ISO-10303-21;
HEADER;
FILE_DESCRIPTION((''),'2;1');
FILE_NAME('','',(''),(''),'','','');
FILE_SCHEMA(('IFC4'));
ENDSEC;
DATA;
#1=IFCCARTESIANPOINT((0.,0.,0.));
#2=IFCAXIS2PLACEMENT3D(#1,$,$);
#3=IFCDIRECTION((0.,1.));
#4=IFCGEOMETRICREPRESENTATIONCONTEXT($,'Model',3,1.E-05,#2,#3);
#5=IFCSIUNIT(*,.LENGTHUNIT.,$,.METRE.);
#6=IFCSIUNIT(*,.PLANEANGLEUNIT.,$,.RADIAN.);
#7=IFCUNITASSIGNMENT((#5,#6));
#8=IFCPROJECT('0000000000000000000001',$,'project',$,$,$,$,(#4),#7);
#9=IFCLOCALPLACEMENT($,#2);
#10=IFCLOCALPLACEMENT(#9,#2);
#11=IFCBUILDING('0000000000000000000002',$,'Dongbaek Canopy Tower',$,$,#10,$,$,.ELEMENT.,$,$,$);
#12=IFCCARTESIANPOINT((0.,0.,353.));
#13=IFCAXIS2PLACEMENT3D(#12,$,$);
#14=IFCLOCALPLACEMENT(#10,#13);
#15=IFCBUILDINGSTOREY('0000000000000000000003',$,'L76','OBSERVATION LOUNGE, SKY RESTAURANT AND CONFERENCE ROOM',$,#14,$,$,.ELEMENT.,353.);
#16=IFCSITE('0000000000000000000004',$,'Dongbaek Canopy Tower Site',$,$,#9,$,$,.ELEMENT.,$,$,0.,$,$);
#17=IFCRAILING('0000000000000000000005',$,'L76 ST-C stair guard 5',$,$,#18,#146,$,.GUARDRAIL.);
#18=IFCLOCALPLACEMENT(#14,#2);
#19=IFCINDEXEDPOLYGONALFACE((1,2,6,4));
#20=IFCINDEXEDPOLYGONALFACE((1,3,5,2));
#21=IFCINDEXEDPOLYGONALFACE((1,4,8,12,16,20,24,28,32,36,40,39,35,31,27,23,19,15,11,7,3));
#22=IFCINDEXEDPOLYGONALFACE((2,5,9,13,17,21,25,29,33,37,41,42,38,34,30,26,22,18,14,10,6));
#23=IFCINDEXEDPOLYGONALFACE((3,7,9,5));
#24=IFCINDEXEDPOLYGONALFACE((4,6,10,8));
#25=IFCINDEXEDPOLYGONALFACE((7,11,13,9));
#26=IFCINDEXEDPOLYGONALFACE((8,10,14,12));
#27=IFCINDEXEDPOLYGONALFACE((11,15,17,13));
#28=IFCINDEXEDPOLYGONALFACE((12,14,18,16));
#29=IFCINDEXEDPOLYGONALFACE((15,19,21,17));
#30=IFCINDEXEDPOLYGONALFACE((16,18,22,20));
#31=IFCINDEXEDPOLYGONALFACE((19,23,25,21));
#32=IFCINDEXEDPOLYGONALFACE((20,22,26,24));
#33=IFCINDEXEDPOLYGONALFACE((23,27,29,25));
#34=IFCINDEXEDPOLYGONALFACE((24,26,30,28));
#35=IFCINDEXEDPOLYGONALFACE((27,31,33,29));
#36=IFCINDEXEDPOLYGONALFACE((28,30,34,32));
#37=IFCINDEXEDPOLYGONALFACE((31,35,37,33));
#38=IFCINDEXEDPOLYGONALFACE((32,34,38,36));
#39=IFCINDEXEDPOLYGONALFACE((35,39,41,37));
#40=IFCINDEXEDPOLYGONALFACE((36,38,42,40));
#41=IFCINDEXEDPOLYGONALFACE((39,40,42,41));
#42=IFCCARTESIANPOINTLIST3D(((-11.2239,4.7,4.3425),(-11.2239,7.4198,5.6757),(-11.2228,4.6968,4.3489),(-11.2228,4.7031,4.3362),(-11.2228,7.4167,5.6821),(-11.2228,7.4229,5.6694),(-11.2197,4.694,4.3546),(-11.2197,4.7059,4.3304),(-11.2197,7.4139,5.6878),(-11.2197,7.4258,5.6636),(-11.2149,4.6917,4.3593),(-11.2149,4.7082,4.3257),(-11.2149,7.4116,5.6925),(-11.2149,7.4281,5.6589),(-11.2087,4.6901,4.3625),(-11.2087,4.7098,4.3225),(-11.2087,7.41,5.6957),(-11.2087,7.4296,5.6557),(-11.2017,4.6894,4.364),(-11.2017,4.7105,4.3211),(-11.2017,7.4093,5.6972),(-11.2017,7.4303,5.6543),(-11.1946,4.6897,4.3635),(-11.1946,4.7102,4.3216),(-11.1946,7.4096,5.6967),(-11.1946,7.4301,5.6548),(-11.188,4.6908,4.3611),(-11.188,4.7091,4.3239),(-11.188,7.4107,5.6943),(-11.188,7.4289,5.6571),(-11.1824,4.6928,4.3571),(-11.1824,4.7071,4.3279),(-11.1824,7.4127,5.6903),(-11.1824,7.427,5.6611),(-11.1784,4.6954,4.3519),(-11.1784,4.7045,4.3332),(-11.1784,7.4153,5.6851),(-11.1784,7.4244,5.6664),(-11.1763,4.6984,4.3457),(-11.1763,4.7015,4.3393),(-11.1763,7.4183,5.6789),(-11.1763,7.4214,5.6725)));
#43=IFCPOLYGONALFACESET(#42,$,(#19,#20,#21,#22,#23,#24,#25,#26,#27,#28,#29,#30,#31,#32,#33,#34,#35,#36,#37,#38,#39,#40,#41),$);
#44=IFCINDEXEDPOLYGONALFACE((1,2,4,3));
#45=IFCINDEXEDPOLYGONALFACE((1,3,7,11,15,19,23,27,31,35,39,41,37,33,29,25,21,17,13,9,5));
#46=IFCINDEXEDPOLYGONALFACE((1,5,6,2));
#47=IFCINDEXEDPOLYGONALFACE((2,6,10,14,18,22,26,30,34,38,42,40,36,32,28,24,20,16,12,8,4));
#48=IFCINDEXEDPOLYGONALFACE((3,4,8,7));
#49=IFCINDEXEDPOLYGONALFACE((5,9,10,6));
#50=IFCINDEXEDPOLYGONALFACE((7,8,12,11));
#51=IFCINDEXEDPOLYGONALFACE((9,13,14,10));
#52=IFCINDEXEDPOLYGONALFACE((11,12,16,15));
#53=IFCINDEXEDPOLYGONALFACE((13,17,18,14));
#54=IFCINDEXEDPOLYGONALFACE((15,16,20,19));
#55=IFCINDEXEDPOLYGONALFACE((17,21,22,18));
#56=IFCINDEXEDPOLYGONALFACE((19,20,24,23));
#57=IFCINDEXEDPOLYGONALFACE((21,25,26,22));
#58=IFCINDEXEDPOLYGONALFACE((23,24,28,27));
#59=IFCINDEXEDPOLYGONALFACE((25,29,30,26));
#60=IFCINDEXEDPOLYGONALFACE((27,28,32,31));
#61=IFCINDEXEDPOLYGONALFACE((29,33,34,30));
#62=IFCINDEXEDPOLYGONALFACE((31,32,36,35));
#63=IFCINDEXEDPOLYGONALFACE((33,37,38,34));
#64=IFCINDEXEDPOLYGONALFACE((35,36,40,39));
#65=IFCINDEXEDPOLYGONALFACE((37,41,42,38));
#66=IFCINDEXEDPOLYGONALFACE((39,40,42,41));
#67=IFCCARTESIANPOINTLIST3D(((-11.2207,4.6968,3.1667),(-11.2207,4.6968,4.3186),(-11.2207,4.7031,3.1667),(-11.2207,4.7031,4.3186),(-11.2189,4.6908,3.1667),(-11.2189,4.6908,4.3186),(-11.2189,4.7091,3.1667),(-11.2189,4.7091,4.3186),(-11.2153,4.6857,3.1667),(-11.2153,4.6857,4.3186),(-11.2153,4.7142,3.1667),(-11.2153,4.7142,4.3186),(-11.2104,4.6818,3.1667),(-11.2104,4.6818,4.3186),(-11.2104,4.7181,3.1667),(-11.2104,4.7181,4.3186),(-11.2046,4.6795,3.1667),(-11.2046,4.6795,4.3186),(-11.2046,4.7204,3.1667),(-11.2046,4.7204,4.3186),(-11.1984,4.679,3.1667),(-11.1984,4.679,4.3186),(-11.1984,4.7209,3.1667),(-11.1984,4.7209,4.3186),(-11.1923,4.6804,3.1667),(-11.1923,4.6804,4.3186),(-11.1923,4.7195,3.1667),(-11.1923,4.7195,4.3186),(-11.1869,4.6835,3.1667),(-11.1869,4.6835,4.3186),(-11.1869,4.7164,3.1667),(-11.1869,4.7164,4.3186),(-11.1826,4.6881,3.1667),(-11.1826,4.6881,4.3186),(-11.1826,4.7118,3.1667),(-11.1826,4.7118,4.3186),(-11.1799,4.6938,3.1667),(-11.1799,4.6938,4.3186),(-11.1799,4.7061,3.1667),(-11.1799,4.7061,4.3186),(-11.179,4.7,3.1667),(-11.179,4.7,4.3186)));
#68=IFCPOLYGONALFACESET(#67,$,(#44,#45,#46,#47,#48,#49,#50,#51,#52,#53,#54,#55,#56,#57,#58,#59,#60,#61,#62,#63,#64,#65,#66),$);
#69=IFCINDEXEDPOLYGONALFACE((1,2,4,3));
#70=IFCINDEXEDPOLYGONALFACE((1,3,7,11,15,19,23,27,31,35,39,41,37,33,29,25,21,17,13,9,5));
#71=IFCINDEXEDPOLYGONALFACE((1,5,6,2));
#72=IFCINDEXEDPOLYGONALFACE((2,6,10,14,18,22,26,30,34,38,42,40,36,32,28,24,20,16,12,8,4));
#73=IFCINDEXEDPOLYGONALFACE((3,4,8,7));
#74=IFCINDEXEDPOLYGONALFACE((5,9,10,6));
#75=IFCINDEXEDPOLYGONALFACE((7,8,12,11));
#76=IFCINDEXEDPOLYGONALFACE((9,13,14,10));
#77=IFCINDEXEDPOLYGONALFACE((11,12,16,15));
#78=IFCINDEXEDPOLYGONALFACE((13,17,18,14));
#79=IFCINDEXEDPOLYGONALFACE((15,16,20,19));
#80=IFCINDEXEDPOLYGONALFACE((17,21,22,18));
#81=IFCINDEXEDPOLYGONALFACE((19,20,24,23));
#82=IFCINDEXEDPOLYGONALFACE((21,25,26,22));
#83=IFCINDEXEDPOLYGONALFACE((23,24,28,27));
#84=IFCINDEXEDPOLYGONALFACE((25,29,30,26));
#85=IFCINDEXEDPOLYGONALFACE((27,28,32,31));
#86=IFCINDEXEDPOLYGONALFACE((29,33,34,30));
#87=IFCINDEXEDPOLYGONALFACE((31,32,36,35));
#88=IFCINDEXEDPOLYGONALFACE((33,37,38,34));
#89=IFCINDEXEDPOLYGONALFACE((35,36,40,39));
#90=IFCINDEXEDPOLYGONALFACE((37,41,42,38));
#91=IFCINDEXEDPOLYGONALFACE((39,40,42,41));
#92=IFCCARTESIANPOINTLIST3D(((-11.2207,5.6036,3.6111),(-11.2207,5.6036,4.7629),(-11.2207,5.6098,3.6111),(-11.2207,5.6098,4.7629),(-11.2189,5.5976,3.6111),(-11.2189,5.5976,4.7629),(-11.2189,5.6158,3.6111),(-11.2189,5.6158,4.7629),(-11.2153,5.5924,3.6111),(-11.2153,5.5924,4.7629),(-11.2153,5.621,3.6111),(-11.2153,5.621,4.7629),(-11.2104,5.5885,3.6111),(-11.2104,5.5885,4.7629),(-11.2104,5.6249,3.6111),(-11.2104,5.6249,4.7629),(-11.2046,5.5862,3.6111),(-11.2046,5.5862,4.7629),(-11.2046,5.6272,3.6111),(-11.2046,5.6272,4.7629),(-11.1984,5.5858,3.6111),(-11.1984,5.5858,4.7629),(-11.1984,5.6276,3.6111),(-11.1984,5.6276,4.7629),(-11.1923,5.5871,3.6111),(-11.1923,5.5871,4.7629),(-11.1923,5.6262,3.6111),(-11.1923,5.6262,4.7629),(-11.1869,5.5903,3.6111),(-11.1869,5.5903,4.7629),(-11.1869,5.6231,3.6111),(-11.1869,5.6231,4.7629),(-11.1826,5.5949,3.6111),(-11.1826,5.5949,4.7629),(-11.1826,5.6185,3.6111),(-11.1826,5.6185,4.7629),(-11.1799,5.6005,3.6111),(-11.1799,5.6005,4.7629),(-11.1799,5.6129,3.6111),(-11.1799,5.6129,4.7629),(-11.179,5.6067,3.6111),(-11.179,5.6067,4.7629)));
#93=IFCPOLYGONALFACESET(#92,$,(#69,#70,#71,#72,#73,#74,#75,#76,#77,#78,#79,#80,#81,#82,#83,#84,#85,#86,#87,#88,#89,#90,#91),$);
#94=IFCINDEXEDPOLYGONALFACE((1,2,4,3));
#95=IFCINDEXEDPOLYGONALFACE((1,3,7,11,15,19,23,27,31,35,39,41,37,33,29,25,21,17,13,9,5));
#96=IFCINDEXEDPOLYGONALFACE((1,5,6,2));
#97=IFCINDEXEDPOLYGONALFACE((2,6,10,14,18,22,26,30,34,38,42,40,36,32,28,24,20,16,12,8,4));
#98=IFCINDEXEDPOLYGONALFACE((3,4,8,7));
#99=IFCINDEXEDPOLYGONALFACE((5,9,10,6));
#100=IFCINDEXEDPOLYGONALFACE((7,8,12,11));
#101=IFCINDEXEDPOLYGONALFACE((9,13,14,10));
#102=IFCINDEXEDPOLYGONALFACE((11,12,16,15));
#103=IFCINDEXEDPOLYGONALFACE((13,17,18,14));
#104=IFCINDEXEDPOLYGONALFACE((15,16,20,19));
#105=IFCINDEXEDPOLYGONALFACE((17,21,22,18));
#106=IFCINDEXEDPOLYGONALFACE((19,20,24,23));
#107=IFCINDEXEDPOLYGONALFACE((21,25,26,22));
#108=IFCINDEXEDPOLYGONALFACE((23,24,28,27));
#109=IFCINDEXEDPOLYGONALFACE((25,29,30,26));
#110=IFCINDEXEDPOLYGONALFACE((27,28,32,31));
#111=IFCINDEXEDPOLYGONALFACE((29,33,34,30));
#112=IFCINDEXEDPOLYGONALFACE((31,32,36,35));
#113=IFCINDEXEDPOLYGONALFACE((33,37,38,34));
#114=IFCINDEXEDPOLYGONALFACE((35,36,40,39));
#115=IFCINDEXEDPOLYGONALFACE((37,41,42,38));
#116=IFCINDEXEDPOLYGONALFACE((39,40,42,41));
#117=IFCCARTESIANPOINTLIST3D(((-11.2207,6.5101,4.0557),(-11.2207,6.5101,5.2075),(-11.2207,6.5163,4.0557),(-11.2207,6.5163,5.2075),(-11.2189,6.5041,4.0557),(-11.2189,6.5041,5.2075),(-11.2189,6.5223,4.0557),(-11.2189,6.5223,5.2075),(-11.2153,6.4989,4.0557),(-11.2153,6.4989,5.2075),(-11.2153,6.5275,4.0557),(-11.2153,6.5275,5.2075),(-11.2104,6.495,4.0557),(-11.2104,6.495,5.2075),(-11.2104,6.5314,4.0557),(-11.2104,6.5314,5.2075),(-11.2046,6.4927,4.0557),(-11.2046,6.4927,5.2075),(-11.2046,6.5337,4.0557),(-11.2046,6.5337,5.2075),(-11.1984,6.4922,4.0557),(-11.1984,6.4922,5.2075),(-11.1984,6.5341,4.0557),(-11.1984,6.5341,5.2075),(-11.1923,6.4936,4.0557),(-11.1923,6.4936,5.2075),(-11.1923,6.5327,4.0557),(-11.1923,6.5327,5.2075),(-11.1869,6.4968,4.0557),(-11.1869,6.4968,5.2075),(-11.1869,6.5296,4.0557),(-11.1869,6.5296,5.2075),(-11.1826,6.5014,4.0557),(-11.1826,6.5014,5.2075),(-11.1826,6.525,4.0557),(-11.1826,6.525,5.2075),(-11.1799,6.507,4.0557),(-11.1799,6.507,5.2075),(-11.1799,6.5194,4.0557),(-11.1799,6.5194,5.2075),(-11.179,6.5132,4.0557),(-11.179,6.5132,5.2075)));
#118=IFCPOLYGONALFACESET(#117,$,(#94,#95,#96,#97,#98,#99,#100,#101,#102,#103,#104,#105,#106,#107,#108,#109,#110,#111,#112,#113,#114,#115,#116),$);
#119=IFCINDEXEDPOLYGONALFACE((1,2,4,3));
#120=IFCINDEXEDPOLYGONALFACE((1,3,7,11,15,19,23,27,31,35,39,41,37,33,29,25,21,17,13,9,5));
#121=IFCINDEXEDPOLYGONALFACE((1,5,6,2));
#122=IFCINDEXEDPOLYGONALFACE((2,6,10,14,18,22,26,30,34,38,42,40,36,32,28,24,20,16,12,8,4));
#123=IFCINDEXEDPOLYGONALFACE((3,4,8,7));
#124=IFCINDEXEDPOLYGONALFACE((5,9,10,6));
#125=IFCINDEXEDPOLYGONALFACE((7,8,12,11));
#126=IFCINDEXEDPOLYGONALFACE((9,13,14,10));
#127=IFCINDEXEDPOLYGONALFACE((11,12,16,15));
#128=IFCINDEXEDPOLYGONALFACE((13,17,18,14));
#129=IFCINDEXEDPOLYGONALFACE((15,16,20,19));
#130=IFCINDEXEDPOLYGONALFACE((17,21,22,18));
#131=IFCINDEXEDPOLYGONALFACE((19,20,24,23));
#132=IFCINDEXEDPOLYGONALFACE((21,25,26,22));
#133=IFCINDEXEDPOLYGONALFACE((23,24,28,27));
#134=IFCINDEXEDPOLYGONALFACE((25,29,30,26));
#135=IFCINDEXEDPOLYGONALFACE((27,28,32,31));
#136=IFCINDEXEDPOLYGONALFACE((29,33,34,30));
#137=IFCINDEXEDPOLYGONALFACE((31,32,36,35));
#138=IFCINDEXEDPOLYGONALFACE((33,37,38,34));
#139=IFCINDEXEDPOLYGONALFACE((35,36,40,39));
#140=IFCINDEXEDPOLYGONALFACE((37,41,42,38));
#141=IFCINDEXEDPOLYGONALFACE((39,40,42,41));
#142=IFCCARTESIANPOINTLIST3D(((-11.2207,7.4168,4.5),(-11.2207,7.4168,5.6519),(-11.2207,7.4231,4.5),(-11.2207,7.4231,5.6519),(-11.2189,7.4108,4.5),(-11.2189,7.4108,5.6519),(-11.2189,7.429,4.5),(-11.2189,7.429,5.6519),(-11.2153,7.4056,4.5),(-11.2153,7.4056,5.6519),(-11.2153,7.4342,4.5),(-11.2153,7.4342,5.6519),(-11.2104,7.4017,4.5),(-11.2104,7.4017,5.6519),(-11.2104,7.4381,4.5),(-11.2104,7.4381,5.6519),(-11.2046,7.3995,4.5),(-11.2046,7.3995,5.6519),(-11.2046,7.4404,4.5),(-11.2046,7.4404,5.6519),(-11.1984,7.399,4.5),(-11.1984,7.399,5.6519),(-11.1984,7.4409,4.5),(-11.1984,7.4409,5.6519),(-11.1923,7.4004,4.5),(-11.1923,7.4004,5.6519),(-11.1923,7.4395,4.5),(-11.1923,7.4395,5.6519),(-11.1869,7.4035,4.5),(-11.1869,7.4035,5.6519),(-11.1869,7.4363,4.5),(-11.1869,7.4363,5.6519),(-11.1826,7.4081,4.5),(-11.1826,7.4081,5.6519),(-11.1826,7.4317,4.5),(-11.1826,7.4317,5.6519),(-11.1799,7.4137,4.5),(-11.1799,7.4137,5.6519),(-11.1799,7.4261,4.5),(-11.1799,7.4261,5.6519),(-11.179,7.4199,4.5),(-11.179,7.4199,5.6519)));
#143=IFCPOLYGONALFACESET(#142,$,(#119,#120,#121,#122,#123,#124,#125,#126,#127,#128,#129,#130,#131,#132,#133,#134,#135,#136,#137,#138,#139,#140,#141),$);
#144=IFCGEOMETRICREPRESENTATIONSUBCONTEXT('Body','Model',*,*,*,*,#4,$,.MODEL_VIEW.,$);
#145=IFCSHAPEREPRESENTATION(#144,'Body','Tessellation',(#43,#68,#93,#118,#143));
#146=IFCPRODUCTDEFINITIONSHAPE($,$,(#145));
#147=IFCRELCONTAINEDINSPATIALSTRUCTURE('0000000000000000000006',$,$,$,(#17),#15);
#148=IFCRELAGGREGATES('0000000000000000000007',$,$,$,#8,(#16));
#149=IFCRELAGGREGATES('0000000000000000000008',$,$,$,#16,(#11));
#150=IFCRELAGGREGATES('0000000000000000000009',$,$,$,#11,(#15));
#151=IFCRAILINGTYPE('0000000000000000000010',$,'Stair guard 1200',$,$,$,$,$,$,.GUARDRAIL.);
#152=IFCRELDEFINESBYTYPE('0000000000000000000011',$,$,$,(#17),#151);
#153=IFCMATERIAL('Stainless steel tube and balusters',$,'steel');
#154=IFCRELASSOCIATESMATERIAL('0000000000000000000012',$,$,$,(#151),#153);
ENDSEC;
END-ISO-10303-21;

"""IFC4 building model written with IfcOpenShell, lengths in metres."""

from ifc_helpers import new_model, si_unit, direction, frame, origin, origin_2d, place, context, subcontext, project, spatial, circle, extrude, material, type_object, element, save


model = new_model("IFC4")

# Units and contexts
model_context = context("Model", 3, precision=1e-05, world=origin(), true_north=direction((0.0, 1.0)))
body_context = subcontext(model_context, "Body", "Model", "MODEL_VIEW")
ifc_project = project(units=[si_unit("LENGTHUNIT", "METRE"), si_unit("PLANEANGLEUNIT", "RADIAN")], contexts=[model_context])

# Site, building, storey
site_placement = place(None, origin())
site = spatial("IfcSite", under=ifc_project, at=site_placement, Name="Dongbaek Canopy Tower Site", CompositionType="ELEMENT", RefElevation=0.0)
building_placement = place(site_placement, origin())
building = spatial("IfcBuilding", under=site, at=building_placement, Name="Dongbaek Canopy Tower", CompositionType="ELEMENT")
storey_placement = place(building_placement, frame((0.0, 0.0, 353.0)))
storey = spatial("IfcBuildingStorey", under=building, at=storey_placement, Name="L76", Description="OBSERVATION LOUNGE, SKY RESTAURANT AND CONFERENCE ROOM", CompositionType="ELEMENT", Elevation=353.0)

# Railing
ifc_material_1 = material(Name="Stainless steel tube and balusters", Category="steel")
railing_type_1 = type_object("IfcRailingType", Name="Stair guard 1200", PredefinedType="GUARDRAIL", material=ifc_material_1)
railing_1_placement = place(storey_placement, frame((-11.2, 4.7, 3.1667)))
element("IfcRailing", 1, at=railing_1_placement, inside=storey, type_object=railing_type_1, Name="L76 ST-C stair guard 5", PredefinedType="GUARDRAIL", context=body_context, shape_type="SweptSolid", body=[
    extrude(circle(Radius=0.0239, at=origin_2d()), frame((0.0, 0.0, 1.1758), z_axis=(0.0, 0.897929, 0.440139), x_axis=(-1.0, 0.0, 0.0)), (0.0, 0.0, 1.0), 3.0291),
    extrude(circle(Radius=0.021, at=origin_2d()), origin(), (0.0, 0.0, 1.0), 1.1519),
    extrude(circle(Radius=0.021, at=origin_2d()), frame((0.0, 0.9067, 0.4443)), (0.0, 0.0, 1.0), 1.1519),
    extrude(circle(Radius=0.021, at=origin_2d()), frame((0.0, 1.8132, 0.8889)), (0.0, 0.0, 1.0), 1.1519),
    extrude(circle(Radius=0.021, at=origin_2d()), frame((0.0, 2.72, 1.3333)), (0.0, 0.0, 1.0), 1.1519),
])

save(model, "model.ifc")
